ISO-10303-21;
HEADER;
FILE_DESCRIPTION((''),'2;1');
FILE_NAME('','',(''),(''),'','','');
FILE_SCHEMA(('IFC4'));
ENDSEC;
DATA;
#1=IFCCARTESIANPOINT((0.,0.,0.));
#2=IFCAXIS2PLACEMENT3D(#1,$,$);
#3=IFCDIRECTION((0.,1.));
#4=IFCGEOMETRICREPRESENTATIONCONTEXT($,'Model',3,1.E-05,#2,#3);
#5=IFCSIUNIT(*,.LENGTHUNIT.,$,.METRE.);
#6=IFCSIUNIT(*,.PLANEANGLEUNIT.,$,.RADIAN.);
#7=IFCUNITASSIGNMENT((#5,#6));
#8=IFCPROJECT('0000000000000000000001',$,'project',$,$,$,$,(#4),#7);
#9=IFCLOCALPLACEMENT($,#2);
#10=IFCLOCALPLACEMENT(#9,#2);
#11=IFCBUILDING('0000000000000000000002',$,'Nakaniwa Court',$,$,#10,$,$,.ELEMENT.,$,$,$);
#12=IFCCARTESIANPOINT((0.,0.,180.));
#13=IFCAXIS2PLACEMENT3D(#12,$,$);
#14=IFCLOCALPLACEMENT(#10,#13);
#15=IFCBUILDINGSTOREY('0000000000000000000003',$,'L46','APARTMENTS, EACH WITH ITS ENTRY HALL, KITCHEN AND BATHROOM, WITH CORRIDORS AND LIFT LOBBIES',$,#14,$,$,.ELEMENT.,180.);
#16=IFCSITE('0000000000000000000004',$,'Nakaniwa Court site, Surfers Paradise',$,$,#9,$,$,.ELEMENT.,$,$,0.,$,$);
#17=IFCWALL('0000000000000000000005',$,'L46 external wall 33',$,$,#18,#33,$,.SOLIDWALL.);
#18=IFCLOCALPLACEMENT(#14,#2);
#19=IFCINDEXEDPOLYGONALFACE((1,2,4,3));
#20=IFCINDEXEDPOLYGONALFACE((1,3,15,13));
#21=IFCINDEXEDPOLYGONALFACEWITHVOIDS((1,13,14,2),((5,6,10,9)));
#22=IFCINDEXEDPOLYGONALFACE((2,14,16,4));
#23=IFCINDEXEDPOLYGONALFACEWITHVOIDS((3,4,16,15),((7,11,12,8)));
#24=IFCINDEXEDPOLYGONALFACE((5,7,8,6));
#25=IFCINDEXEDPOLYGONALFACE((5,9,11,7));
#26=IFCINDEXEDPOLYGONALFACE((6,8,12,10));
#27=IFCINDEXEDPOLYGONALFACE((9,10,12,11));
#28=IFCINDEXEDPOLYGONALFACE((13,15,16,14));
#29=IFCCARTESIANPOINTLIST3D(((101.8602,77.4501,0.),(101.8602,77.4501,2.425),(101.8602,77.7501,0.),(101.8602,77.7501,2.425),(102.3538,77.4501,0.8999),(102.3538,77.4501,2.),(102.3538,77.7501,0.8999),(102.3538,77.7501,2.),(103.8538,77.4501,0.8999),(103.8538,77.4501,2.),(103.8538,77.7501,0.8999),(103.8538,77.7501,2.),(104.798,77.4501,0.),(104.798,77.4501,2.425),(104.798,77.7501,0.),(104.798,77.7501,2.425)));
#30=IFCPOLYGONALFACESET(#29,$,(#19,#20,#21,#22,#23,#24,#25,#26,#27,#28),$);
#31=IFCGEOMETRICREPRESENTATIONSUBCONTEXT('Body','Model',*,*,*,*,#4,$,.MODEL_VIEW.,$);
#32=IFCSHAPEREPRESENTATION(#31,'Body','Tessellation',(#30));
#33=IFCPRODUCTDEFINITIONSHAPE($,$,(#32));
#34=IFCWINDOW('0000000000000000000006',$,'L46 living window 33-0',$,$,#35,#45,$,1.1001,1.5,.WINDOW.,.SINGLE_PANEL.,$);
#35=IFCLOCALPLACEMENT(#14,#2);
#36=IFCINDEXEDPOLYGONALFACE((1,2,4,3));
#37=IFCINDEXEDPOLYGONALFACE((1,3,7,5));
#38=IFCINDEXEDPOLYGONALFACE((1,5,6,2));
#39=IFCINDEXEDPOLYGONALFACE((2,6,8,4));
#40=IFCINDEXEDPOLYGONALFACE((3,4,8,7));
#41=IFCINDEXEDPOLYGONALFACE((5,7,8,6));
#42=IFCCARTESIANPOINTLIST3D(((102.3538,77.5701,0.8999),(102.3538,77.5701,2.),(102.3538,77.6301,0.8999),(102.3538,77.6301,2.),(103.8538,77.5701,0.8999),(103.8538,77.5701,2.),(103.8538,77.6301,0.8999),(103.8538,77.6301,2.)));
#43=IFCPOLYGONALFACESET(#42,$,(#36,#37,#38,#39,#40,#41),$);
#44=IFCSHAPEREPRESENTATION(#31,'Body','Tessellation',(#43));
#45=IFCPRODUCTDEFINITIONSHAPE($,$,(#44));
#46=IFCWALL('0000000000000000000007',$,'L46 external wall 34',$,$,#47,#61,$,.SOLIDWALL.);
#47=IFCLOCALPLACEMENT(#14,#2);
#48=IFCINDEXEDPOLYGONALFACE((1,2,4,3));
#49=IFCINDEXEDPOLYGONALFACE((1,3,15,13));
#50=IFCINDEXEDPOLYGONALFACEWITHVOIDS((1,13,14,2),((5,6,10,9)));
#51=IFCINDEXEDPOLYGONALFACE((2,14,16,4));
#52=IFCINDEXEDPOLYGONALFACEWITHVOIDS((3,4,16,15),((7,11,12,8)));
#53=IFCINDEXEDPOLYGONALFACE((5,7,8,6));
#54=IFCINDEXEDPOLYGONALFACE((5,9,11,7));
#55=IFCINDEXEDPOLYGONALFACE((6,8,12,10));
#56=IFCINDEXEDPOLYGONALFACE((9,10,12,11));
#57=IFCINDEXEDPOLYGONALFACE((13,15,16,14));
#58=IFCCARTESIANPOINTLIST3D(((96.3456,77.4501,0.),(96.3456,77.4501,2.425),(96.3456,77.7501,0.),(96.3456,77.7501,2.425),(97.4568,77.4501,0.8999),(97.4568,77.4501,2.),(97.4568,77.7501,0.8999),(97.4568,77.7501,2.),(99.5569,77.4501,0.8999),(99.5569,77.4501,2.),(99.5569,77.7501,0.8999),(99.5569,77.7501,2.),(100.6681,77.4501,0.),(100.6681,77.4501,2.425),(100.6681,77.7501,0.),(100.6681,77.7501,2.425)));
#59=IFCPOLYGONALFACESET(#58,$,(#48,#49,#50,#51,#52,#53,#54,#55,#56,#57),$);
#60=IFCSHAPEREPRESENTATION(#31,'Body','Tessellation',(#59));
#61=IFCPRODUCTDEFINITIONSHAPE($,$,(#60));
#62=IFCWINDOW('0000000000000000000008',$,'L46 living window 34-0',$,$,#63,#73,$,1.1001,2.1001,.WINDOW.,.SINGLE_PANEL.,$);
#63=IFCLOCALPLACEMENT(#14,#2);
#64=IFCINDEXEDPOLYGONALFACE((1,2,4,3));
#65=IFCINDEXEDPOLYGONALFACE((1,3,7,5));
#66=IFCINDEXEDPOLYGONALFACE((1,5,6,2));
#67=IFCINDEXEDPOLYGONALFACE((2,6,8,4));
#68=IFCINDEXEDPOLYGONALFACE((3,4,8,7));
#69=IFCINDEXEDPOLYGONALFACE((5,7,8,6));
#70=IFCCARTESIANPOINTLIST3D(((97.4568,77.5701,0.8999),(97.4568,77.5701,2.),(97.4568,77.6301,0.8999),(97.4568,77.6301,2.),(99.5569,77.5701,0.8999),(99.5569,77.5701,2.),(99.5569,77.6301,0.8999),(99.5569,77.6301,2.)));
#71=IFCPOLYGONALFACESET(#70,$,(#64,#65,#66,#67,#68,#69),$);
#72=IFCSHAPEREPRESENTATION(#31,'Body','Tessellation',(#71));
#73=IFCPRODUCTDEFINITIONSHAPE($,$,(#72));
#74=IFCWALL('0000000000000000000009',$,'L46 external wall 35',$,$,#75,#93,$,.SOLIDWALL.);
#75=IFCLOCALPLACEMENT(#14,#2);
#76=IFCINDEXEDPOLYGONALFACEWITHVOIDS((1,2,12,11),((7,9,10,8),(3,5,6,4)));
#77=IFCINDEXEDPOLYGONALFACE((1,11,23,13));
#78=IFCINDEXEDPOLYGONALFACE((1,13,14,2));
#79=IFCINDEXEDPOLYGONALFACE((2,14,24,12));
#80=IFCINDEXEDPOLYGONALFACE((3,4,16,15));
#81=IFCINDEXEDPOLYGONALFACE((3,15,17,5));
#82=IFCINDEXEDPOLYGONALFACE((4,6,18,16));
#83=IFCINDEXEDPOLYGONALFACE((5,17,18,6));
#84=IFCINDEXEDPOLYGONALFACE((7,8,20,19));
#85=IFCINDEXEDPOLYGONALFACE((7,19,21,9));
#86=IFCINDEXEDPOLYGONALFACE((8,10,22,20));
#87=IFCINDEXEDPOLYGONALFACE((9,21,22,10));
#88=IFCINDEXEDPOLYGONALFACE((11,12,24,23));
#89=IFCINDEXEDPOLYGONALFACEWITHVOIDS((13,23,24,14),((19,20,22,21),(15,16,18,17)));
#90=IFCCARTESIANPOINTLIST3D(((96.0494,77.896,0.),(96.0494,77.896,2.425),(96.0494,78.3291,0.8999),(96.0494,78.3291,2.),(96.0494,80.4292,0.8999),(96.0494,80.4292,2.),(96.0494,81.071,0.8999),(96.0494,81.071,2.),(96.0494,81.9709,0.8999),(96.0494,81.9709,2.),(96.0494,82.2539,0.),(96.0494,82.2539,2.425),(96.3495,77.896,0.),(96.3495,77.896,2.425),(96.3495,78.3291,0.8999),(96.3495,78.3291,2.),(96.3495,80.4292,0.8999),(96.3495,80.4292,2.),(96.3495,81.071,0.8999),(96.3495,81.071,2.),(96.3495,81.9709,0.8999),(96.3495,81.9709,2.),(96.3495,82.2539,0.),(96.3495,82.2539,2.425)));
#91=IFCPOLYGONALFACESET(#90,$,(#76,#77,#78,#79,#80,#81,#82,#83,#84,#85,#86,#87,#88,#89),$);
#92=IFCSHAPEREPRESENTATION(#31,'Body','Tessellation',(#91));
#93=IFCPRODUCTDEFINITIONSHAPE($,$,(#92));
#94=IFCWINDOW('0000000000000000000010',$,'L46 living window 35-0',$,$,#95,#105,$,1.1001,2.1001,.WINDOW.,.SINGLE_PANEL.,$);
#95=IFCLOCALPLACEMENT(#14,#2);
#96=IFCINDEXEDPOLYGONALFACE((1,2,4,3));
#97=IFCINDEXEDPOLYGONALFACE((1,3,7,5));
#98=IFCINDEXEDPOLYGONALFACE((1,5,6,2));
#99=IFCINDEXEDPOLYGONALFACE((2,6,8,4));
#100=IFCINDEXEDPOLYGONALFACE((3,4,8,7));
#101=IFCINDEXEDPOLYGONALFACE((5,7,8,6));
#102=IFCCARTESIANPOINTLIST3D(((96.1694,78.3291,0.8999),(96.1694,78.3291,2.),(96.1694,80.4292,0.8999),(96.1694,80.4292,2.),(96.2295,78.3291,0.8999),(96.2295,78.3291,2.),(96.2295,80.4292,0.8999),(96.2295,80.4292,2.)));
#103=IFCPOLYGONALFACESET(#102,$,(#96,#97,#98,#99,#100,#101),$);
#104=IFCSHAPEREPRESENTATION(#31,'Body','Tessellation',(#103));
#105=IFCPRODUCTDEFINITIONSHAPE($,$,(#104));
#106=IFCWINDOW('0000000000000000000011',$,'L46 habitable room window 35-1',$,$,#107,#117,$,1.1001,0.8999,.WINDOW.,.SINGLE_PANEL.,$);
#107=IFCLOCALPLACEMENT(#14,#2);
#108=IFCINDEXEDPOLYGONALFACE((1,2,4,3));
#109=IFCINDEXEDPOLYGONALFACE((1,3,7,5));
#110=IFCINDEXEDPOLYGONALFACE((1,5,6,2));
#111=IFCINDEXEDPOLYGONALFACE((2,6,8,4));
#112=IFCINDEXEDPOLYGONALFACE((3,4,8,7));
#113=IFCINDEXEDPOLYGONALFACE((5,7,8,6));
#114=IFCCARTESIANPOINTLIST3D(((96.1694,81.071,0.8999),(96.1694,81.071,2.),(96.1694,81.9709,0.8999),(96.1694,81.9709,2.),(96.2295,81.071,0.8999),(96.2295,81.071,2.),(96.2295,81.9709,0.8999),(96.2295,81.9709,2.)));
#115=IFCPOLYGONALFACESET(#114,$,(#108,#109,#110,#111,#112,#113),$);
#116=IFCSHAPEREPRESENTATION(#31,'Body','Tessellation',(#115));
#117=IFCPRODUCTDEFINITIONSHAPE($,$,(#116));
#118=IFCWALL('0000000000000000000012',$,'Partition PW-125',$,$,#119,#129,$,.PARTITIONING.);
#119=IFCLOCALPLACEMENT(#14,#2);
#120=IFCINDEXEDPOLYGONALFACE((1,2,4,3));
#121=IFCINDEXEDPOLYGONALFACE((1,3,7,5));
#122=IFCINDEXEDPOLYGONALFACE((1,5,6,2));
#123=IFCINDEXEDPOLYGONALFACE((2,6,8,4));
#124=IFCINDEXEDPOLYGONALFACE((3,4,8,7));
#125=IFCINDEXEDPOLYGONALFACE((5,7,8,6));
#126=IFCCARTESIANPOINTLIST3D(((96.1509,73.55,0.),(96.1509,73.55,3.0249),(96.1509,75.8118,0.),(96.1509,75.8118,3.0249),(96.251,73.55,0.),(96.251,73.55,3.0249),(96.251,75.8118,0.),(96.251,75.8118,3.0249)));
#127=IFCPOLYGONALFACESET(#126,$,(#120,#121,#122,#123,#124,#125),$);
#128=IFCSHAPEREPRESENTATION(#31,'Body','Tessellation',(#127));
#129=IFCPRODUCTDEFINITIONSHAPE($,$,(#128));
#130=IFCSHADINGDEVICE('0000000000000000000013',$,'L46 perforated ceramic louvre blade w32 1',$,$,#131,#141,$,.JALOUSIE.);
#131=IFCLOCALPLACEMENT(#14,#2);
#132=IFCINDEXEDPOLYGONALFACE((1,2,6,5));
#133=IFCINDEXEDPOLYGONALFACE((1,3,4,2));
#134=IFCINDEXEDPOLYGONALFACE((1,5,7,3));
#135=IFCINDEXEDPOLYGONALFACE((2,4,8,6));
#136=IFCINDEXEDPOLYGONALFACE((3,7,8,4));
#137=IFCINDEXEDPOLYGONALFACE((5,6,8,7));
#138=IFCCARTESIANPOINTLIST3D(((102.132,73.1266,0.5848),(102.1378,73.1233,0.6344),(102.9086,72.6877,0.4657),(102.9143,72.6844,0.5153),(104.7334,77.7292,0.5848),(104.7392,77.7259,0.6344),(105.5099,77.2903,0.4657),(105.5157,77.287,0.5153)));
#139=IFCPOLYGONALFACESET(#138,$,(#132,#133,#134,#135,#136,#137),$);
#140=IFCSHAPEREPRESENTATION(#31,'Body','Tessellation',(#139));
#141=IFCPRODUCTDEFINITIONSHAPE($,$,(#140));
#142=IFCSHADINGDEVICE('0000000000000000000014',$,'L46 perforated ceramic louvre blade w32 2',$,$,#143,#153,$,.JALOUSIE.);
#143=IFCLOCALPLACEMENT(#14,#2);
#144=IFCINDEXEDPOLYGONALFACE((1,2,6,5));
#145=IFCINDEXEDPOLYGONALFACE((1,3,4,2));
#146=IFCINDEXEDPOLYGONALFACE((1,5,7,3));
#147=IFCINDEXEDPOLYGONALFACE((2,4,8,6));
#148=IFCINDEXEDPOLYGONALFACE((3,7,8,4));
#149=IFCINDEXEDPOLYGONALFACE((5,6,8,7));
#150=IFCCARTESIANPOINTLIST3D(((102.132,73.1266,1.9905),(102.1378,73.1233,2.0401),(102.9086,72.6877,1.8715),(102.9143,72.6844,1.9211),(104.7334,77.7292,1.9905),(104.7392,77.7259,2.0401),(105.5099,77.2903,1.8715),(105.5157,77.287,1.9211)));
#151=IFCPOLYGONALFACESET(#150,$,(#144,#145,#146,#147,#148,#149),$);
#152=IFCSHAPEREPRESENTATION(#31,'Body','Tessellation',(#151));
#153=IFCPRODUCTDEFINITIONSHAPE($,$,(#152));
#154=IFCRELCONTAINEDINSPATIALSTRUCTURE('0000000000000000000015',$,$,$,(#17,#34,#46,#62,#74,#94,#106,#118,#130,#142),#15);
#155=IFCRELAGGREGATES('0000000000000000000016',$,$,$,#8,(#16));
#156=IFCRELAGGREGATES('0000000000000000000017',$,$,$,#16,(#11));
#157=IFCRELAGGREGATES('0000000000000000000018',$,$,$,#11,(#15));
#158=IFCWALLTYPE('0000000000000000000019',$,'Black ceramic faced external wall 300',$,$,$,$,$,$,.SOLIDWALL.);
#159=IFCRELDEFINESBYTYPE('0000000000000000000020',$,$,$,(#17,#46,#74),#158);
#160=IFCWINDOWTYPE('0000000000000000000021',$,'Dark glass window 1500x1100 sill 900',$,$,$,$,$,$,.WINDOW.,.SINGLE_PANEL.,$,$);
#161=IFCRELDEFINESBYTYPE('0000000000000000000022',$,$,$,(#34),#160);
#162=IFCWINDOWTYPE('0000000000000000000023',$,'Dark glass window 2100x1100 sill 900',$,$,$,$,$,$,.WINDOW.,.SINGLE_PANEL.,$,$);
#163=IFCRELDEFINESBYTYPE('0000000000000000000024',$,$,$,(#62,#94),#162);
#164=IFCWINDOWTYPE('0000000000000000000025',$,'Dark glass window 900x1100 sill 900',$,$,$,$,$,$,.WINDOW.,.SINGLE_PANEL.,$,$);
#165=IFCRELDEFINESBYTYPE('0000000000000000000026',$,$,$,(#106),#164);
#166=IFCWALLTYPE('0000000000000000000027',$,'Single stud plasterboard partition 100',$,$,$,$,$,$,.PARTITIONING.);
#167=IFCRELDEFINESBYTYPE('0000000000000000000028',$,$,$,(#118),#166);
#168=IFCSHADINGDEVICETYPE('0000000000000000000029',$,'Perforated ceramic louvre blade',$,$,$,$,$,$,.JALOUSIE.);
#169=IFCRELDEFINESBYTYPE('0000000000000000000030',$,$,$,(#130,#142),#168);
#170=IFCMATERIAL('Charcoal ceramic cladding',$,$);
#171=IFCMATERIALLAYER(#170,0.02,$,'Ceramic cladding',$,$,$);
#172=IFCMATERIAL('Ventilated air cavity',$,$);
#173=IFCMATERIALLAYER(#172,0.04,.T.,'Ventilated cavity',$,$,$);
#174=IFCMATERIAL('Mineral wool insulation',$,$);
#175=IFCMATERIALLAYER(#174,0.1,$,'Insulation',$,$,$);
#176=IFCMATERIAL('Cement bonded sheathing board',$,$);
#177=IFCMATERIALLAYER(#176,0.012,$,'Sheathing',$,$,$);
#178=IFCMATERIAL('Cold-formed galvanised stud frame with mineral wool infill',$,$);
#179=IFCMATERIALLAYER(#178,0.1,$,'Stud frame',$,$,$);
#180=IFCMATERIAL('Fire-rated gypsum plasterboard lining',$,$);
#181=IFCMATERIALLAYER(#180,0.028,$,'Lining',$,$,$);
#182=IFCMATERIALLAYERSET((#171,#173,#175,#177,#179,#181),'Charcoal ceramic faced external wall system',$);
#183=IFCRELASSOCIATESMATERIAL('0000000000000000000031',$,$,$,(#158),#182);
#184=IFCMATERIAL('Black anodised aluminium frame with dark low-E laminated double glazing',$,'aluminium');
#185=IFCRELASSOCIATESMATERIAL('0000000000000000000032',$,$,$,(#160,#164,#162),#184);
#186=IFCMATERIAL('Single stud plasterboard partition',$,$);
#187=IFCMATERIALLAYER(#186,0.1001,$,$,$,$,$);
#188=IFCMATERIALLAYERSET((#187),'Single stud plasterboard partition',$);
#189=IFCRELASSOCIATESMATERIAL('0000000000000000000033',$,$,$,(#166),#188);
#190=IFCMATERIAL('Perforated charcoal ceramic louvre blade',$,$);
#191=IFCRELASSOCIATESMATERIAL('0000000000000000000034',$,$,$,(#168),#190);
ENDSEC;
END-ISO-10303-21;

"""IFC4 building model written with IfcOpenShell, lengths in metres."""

from ifc_helpers import new_model, si_unit, direction, frame, frame_2d, origin, origin_2d, place, context, subcontext, project, spatial, rectangle, extrude, material, layer, layer_set, material_profile, profile_set, type_object, element, fill, save


model = new_model("IFC4")

# Units and contexts
model_context = context("Model", 3, precision=1e-05, world=origin(), true_north=direction((0.0, 1.0)))
body_context = subcontext(model_context, "Body", "Model", "MODEL_VIEW")
ifc_project = project(units=[si_unit("LENGTHUNIT", "METRE"), si_unit("PLANEANGLEUNIT", "RADIAN")], contexts=[model_context])

# Site, building, storey
site_placement = place(None, origin())
site = spatial("IfcSite", under=ifc_project, at=site_placement, Name="Nakaniwa Court site, Surfers Paradise", CompositionType="ELEMENT", RefElevation=0.0)
building_placement = place(site_placement, origin())
building = spatial("IfcBuilding", under=site, at=building_placement, Name="Nakaniwa Court", CompositionType="ELEMENT")
storey_placement = place(building_placement, frame((0.0, 0.0, 180.0)))
storey = spatial("IfcBuildingStorey", under=building, at=storey_placement, Name="L46", Description="APARTMENTS, EACH WITH ITS ENTRY HALL, KITCHEN AND BATHROOM, WITH CORRIDORS AND LIFT LOBBIES", CompositionType="ELEMENT", Elevation=180.0)

# Shared definitions
ifc_material_1 = material(Name="Charcoal ceramic cladding")
ifc_layer_1 = layer(ifc_material_1, 0.02, Name="Ceramic cladding")
ifc_material_2 = material(Name="Ventilated air cavity")
ifc_layer_2 = layer(ifc_material_2, 0.04, ventilated=True, Name="Ventilated cavity")
ifc_material_3 = material(Name="Mineral wool insulation")
ifc_layer_3 = layer(ifc_material_3, 0.1, Name="Insulation")
ifc_material_4 = material(Name="Cement bonded sheathing board")
ifc_layer_4 = layer(ifc_material_4, 0.012, Name="Sheathing")
ifc_material_5 = material(Name="Cold-formed galvanised stud frame with mineral wool infill")
ifc_layer_5 = layer(ifc_material_5, 0.1, Name="Stud frame")
ifc_material_6 = material(Name="Fire-rated gypsum plasterboard lining")
ifc_layer_6 = layer(ifc_material_6, 0.028, Name="Lining")
ifc_layer_set_1 = layer_set([ifc_layer_1, ifc_layer_2, ifc_layer_3, ifc_layer_4, ifc_layer_5, ifc_layer_6], Name="Charcoal ceramic faced external wall system")
wall_type_1 = type_object("IfcWallType", Name="Black ceramic faced external wall 300", PredefinedType="SOLIDWALL", material=ifc_layer_set_1)
ifc_material_7 = material(Name="Black anodised aluminium frame with dark low-E laminated double glazing", Category="aluminium")
window_type_1 = type_object("IfcWindowType", Name="Dark glass window 1500x1100 sill 900", PartitioningType="SINGLE_PANEL", PredefinedType="WINDOW", material=ifc_material_7)

# Shared definitions
window_type_2 = type_object("IfcWindowType", Name="Dark glass window 900x1100 sill 900", PartitioningType="SINGLE_PANEL", PredefinedType="WINDOW", material=ifc_material_7)

# Walls, openings, windows
wall_1_placement = place(storey_placement, frame((104.7979, 77.6001, 0.0), z_axis=(0.0, 0.0, 1.0), x_axis=(-1.0, 0.0, 0.0)))
wall_1 = element("IfcWall", 1, at=wall_1_placement, inside=storey, type_object=wall_type_1, Name="L46 external wall 33", PredefinedType="SOLIDWALL", context=body_context, shape_type="SweptSolid", body=[
    extrude(rectangle(XDim=2.9377, YDim=0.3, at=frame_2d((1.4688, 0.0))), origin(), (0.0, 0.0, 1.0), 2.425),
])
opening_1_placement = place(wall_1_placement, frame((0.9441, 0.0, 0.8999)))
opening_1 = element("IfcOpeningElement", 2, at=opening_1_placement, cuts=wall_1, PredefinedType="OPENING", context=body_context, shape_type="SweptSolid", body=[
    extrude(rectangle(XDim=1.5, YDim=1.1001, at=frame_2d((0.75, 0.55))), frame((0.0, 0.1599, 0.0), z_axis=(0.0, -1.0, 0.0), x_axis=(1.0, 0.0, 0.0)), (0.0, 0.0, 1.0), 0.3201),
])
window_1_placement = place(opening_1_placement, origin())
window_1 = element("IfcWindow", 3, at=window_1_placement, inside=storey, type_object=window_type_1, Name="L46 living window 33-0", OverallHeight=1.1001, OverallWidth=1.5, PartitioningType="SINGLE_PANEL", PredefinedType="WINDOW", context=body_context, shape_type="SweptSolid", body=[
    extrude(rectangle(XDim=1.5, YDim=1.1001, at=frame_2d((0.75, 0.55))), frame((0.0, 0.03, 0.0), z_axis=(0.0, -1.0, 0.0), x_axis=(1.0, 0.0, 0.0)), (0.0, 0.0, 1.0), 0.0601),
])
fill(opening_1, window_1)
wall_2_placement = place(storey_placement, frame((100.668, 77.6001, 0.0), z_axis=(0.0, 0.0, 1.0), x_axis=(-1.0, 0.0, 0.0)))
wall_2 = element("IfcWall", 4, at=wall_2_placement, inside=storey, type_object=wall_type_1, Name="L46 external wall 34", PredefinedType="SOLIDWALL", context=body_context, shape_type="SweptSolid", body=[
    extrude(rectangle(XDim=4.3225, YDim=0.3, at=frame_2d((2.1611, 0.0))), origin(), (0.0, 0.0, 1.0), 2.425),
])
opening_2_placement = place(wall_2_placement, frame((1.1111, 0.0, 0.8999)))
opening_2 = element("IfcOpeningElement", 5, at=opening_2_placement, cuts=wall_2, PredefinedType="OPENING", context=body_context, shape_type="SweptSolid", body=[
    extrude(rectangle(XDim=2.1001, YDim=1.1001, at=frame_2d((1.05, 0.55))), frame((0.0, 0.1599, 0.0), z_axis=(0.0, -1.0, 0.0), x_axis=(1.0, 0.0, 0.0)), (0.0, 0.0, 1.0), 0.3201),
])
window_type_3 = type_object("IfcWindowType", Name="Dark glass window 2100x1100 sill 900", PartitioningType="SINGLE_PANEL", PredefinedType="WINDOW", material=ifc_material_7)
window_2_placement = place(opening_2_placement, origin())
window_2 = element("IfcWindow", 6, at=window_2_placement, inside=storey, type_object=window_type_3, Name="L46 living window 34-0", OverallHeight=1.1001, OverallWidth=2.1001, PartitioningType="SINGLE_PANEL", PredefinedType="WINDOW", context=body_context, shape_type="SweptSolid", body=[
    extrude(rectangle(XDim=2.1001, YDim=1.1001, at=frame_2d((1.05, 0.55))), frame((0.0, 0.03, 0.0), z_axis=(0.0, -1.0, 0.0), x_axis=(1.0, 0.0, 0.0)), (0.0, 0.0, 1.0), 0.0601),
])
fill(opening_2, window_2)

# Wall, openings, windows
wall_3_placement = place(storey_placement, frame((96.1995, 77.896, 0.0), z_axis=(0.0, 0.0, 1.0), x_axis=(0.0, 1.0, 0.0)))
wall_3 = element("IfcWall", 7, at=wall_3_placement, inside=storey, type_object=wall_type_1, Name="L46 external wall 35", PredefinedType="SOLIDWALL", context=body_context, shape_type="SweptSolid", body=[
    extrude(rectangle(XDim=4.3579, YDim=0.3, at=frame_2d((2.179, 0.0))), origin(), (0.0, 0.0, 1.0), 2.425),
])
opening_3_placement = place(wall_3_placement, frame((0.4331, 0.0, 0.8999)))
opening_3 = element("IfcOpeningElement", 8, at=opening_3_placement, cuts=wall_3, PredefinedType="OPENING", context=body_context, shape_type="SweptSolid", body=[
    extrude(rectangle(XDim=2.1001, YDim=1.1001, at=frame_2d((1.05, 0.55))), frame((0.0, 0.1599, 0.0), z_axis=(0.0, -1.0, 0.0), x_axis=(1.0, 0.0, 0.0)), (0.0, 0.0, 1.0), 0.3201),
])
opening_4_placement = place(wall_3_placement, frame((3.175, 0.0, 0.8999)))
opening_4 = element("IfcOpeningElement", 9, at=opening_4_placement, cuts=wall_3, PredefinedType="OPENING", context=body_context, shape_type="SweptSolid", body=[
    extrude(rectangle(XDim=0.8999, YDim=1.1001, at=frame_2d((0.45, 0.55))), frame((0.0, 0.1599, 0.0), z_axis=(0.0, -1.0, 0.0), x_axis=(1.0, 0.0, 0.0)), (0.0, 0.0, 1.0), 0.3201),
])
window_3_placement = place(opening_3_placement, origin())
window_3 = element("IfcWindow", 10, at=window_3_placement, inside=storey, type_object=window_type_3, Name="L46 living window 35-0", OverallHeight=1.1001, OverallWidth=2.1001, PartitioningType="SINGLE_PANEL", PredefinedType="WINDOW", context=body_context, shape_type="SweptSolid", body=[
    extrude(rectangle(XDim=2.1001, YDim=1.1001, at=frame_2d((1.05, 0.55))), frame((0.0, 0.03, 0.0), z_axis=(0.0, -1.0, 0.0), x_axis=(1.0, 0.0, 0.0)), (0.0, 0.0, 1.0), 0.0601),
])
fill(opening_3, window_3)
window_4_placement = place(opening_4_placement, origin())
window_4 = element("IfcWindow", 11, at=window_4_placement, inside=storey, type_object=window_type_2, Name="L46 habitable room window 35-1", OverallHeight=1.1001, OverallWidth=0.8999, PartitioningType="SINGLE_PANEL", PredefinedType="WINDOW", context=body_context, shape_type="SweptSolid", body=[
    extrude(rectangle(XDim=0.8999, YDim=1.1001, at=frame_2d((0.45, 0.55))), frame((0.0, 0.03, 0.0), z_axis=(0.0, -1.0, 0.0), x_axis=(1.0, 0.0, 0.0)), (0.0, 0.0, 1.0), 0.0601),
])
fill(opening_4, window_4)

# Wall
ifc_material_8 = material(Name="Single stud plasterboard partition")
ifc_layer_7 = layer(ifc_material_8, 0.1001)
ifc_layer_set_2 = layer_set([ifc_layer_7], Name="Single stud plasterboard partition")
wall_type_2 = type_object("IfcWallType", Name="Single stud plasterboard partition 100", PredefinedType="PARTITIONING", material=ifc_layer_set_2)
wall_4_placement = place(storey_placement, frame((96.2009, 73.55, 0.0), z_axis=(0.0, 0.0, 1.0), x_axis=(0.0, 1.0, 0.0)))
element("IfcWall", 12, at=wall_4_placement, inside=storey, type_object=wall_type_2, Name="Partition PW-125", PredefinedType="PARTITIONING", context=body_context, shape_type="SweptSolid", body=[
    extrude(rectangle(XDim=2.2617, YDim=0.1001, at=frame_2d((1.1309, 0.0))), origin(), (0.0, 0.0, 1.0), 3.0249),
])

# Shading devices
ifc_material_9 = material(Name="Perforated charcoal ceramic louvre blade")
ifc_material_profile_1 = material_profile(ifc_material_9, rectangle(XDim=0.8999, YDim=0.05, at=origin_2d()), Name="Perforated ceramic louvre blade")
ifc_profile_set_1 = profile_set([ifc_material_profile_1], Name="Perforated charcoal ceramic louvre blade")
shading_device_type = type_object("IfcShadingDeviceType", Name="Perforated ceramic louvre blade", PredefinedType="JALOUSIE", material=ifc_profile_set_1)
for number, where, z_axis, x_axis, name in (
    (13, (102.5232, 72.9055, 0.55), (0.492041, 0.870572, 0.0), (-0.862925, 0.487718, 0.132256), "L46 perforated ceramic louvre blade w32 1"),
    (14, (102.5232, 72.9055, 1.9558), (0.492041, 0.870572, 0.0), (-0.862925, 0.487718, 0.132256), "L46 perforated ceramic louvre blade w32 2"),
):
    element("IfcShadingDevice", number, at=place(storey_placement, frame(where, z_axis=z_axis, x_axis=x_axis)), inside=storey, type_object=shading_device_type, Name=name, PredefinedType="JALOUSIE", context=body_context, shape_type="SweptSolid", body=[
        extrude(rectangle(XDim=0.8999, YDim=0.05, at=origin_2d()), origin(), (0.0, 0.0, 1.0), 5.2869),
    ])

save(model, "model.ifc")
